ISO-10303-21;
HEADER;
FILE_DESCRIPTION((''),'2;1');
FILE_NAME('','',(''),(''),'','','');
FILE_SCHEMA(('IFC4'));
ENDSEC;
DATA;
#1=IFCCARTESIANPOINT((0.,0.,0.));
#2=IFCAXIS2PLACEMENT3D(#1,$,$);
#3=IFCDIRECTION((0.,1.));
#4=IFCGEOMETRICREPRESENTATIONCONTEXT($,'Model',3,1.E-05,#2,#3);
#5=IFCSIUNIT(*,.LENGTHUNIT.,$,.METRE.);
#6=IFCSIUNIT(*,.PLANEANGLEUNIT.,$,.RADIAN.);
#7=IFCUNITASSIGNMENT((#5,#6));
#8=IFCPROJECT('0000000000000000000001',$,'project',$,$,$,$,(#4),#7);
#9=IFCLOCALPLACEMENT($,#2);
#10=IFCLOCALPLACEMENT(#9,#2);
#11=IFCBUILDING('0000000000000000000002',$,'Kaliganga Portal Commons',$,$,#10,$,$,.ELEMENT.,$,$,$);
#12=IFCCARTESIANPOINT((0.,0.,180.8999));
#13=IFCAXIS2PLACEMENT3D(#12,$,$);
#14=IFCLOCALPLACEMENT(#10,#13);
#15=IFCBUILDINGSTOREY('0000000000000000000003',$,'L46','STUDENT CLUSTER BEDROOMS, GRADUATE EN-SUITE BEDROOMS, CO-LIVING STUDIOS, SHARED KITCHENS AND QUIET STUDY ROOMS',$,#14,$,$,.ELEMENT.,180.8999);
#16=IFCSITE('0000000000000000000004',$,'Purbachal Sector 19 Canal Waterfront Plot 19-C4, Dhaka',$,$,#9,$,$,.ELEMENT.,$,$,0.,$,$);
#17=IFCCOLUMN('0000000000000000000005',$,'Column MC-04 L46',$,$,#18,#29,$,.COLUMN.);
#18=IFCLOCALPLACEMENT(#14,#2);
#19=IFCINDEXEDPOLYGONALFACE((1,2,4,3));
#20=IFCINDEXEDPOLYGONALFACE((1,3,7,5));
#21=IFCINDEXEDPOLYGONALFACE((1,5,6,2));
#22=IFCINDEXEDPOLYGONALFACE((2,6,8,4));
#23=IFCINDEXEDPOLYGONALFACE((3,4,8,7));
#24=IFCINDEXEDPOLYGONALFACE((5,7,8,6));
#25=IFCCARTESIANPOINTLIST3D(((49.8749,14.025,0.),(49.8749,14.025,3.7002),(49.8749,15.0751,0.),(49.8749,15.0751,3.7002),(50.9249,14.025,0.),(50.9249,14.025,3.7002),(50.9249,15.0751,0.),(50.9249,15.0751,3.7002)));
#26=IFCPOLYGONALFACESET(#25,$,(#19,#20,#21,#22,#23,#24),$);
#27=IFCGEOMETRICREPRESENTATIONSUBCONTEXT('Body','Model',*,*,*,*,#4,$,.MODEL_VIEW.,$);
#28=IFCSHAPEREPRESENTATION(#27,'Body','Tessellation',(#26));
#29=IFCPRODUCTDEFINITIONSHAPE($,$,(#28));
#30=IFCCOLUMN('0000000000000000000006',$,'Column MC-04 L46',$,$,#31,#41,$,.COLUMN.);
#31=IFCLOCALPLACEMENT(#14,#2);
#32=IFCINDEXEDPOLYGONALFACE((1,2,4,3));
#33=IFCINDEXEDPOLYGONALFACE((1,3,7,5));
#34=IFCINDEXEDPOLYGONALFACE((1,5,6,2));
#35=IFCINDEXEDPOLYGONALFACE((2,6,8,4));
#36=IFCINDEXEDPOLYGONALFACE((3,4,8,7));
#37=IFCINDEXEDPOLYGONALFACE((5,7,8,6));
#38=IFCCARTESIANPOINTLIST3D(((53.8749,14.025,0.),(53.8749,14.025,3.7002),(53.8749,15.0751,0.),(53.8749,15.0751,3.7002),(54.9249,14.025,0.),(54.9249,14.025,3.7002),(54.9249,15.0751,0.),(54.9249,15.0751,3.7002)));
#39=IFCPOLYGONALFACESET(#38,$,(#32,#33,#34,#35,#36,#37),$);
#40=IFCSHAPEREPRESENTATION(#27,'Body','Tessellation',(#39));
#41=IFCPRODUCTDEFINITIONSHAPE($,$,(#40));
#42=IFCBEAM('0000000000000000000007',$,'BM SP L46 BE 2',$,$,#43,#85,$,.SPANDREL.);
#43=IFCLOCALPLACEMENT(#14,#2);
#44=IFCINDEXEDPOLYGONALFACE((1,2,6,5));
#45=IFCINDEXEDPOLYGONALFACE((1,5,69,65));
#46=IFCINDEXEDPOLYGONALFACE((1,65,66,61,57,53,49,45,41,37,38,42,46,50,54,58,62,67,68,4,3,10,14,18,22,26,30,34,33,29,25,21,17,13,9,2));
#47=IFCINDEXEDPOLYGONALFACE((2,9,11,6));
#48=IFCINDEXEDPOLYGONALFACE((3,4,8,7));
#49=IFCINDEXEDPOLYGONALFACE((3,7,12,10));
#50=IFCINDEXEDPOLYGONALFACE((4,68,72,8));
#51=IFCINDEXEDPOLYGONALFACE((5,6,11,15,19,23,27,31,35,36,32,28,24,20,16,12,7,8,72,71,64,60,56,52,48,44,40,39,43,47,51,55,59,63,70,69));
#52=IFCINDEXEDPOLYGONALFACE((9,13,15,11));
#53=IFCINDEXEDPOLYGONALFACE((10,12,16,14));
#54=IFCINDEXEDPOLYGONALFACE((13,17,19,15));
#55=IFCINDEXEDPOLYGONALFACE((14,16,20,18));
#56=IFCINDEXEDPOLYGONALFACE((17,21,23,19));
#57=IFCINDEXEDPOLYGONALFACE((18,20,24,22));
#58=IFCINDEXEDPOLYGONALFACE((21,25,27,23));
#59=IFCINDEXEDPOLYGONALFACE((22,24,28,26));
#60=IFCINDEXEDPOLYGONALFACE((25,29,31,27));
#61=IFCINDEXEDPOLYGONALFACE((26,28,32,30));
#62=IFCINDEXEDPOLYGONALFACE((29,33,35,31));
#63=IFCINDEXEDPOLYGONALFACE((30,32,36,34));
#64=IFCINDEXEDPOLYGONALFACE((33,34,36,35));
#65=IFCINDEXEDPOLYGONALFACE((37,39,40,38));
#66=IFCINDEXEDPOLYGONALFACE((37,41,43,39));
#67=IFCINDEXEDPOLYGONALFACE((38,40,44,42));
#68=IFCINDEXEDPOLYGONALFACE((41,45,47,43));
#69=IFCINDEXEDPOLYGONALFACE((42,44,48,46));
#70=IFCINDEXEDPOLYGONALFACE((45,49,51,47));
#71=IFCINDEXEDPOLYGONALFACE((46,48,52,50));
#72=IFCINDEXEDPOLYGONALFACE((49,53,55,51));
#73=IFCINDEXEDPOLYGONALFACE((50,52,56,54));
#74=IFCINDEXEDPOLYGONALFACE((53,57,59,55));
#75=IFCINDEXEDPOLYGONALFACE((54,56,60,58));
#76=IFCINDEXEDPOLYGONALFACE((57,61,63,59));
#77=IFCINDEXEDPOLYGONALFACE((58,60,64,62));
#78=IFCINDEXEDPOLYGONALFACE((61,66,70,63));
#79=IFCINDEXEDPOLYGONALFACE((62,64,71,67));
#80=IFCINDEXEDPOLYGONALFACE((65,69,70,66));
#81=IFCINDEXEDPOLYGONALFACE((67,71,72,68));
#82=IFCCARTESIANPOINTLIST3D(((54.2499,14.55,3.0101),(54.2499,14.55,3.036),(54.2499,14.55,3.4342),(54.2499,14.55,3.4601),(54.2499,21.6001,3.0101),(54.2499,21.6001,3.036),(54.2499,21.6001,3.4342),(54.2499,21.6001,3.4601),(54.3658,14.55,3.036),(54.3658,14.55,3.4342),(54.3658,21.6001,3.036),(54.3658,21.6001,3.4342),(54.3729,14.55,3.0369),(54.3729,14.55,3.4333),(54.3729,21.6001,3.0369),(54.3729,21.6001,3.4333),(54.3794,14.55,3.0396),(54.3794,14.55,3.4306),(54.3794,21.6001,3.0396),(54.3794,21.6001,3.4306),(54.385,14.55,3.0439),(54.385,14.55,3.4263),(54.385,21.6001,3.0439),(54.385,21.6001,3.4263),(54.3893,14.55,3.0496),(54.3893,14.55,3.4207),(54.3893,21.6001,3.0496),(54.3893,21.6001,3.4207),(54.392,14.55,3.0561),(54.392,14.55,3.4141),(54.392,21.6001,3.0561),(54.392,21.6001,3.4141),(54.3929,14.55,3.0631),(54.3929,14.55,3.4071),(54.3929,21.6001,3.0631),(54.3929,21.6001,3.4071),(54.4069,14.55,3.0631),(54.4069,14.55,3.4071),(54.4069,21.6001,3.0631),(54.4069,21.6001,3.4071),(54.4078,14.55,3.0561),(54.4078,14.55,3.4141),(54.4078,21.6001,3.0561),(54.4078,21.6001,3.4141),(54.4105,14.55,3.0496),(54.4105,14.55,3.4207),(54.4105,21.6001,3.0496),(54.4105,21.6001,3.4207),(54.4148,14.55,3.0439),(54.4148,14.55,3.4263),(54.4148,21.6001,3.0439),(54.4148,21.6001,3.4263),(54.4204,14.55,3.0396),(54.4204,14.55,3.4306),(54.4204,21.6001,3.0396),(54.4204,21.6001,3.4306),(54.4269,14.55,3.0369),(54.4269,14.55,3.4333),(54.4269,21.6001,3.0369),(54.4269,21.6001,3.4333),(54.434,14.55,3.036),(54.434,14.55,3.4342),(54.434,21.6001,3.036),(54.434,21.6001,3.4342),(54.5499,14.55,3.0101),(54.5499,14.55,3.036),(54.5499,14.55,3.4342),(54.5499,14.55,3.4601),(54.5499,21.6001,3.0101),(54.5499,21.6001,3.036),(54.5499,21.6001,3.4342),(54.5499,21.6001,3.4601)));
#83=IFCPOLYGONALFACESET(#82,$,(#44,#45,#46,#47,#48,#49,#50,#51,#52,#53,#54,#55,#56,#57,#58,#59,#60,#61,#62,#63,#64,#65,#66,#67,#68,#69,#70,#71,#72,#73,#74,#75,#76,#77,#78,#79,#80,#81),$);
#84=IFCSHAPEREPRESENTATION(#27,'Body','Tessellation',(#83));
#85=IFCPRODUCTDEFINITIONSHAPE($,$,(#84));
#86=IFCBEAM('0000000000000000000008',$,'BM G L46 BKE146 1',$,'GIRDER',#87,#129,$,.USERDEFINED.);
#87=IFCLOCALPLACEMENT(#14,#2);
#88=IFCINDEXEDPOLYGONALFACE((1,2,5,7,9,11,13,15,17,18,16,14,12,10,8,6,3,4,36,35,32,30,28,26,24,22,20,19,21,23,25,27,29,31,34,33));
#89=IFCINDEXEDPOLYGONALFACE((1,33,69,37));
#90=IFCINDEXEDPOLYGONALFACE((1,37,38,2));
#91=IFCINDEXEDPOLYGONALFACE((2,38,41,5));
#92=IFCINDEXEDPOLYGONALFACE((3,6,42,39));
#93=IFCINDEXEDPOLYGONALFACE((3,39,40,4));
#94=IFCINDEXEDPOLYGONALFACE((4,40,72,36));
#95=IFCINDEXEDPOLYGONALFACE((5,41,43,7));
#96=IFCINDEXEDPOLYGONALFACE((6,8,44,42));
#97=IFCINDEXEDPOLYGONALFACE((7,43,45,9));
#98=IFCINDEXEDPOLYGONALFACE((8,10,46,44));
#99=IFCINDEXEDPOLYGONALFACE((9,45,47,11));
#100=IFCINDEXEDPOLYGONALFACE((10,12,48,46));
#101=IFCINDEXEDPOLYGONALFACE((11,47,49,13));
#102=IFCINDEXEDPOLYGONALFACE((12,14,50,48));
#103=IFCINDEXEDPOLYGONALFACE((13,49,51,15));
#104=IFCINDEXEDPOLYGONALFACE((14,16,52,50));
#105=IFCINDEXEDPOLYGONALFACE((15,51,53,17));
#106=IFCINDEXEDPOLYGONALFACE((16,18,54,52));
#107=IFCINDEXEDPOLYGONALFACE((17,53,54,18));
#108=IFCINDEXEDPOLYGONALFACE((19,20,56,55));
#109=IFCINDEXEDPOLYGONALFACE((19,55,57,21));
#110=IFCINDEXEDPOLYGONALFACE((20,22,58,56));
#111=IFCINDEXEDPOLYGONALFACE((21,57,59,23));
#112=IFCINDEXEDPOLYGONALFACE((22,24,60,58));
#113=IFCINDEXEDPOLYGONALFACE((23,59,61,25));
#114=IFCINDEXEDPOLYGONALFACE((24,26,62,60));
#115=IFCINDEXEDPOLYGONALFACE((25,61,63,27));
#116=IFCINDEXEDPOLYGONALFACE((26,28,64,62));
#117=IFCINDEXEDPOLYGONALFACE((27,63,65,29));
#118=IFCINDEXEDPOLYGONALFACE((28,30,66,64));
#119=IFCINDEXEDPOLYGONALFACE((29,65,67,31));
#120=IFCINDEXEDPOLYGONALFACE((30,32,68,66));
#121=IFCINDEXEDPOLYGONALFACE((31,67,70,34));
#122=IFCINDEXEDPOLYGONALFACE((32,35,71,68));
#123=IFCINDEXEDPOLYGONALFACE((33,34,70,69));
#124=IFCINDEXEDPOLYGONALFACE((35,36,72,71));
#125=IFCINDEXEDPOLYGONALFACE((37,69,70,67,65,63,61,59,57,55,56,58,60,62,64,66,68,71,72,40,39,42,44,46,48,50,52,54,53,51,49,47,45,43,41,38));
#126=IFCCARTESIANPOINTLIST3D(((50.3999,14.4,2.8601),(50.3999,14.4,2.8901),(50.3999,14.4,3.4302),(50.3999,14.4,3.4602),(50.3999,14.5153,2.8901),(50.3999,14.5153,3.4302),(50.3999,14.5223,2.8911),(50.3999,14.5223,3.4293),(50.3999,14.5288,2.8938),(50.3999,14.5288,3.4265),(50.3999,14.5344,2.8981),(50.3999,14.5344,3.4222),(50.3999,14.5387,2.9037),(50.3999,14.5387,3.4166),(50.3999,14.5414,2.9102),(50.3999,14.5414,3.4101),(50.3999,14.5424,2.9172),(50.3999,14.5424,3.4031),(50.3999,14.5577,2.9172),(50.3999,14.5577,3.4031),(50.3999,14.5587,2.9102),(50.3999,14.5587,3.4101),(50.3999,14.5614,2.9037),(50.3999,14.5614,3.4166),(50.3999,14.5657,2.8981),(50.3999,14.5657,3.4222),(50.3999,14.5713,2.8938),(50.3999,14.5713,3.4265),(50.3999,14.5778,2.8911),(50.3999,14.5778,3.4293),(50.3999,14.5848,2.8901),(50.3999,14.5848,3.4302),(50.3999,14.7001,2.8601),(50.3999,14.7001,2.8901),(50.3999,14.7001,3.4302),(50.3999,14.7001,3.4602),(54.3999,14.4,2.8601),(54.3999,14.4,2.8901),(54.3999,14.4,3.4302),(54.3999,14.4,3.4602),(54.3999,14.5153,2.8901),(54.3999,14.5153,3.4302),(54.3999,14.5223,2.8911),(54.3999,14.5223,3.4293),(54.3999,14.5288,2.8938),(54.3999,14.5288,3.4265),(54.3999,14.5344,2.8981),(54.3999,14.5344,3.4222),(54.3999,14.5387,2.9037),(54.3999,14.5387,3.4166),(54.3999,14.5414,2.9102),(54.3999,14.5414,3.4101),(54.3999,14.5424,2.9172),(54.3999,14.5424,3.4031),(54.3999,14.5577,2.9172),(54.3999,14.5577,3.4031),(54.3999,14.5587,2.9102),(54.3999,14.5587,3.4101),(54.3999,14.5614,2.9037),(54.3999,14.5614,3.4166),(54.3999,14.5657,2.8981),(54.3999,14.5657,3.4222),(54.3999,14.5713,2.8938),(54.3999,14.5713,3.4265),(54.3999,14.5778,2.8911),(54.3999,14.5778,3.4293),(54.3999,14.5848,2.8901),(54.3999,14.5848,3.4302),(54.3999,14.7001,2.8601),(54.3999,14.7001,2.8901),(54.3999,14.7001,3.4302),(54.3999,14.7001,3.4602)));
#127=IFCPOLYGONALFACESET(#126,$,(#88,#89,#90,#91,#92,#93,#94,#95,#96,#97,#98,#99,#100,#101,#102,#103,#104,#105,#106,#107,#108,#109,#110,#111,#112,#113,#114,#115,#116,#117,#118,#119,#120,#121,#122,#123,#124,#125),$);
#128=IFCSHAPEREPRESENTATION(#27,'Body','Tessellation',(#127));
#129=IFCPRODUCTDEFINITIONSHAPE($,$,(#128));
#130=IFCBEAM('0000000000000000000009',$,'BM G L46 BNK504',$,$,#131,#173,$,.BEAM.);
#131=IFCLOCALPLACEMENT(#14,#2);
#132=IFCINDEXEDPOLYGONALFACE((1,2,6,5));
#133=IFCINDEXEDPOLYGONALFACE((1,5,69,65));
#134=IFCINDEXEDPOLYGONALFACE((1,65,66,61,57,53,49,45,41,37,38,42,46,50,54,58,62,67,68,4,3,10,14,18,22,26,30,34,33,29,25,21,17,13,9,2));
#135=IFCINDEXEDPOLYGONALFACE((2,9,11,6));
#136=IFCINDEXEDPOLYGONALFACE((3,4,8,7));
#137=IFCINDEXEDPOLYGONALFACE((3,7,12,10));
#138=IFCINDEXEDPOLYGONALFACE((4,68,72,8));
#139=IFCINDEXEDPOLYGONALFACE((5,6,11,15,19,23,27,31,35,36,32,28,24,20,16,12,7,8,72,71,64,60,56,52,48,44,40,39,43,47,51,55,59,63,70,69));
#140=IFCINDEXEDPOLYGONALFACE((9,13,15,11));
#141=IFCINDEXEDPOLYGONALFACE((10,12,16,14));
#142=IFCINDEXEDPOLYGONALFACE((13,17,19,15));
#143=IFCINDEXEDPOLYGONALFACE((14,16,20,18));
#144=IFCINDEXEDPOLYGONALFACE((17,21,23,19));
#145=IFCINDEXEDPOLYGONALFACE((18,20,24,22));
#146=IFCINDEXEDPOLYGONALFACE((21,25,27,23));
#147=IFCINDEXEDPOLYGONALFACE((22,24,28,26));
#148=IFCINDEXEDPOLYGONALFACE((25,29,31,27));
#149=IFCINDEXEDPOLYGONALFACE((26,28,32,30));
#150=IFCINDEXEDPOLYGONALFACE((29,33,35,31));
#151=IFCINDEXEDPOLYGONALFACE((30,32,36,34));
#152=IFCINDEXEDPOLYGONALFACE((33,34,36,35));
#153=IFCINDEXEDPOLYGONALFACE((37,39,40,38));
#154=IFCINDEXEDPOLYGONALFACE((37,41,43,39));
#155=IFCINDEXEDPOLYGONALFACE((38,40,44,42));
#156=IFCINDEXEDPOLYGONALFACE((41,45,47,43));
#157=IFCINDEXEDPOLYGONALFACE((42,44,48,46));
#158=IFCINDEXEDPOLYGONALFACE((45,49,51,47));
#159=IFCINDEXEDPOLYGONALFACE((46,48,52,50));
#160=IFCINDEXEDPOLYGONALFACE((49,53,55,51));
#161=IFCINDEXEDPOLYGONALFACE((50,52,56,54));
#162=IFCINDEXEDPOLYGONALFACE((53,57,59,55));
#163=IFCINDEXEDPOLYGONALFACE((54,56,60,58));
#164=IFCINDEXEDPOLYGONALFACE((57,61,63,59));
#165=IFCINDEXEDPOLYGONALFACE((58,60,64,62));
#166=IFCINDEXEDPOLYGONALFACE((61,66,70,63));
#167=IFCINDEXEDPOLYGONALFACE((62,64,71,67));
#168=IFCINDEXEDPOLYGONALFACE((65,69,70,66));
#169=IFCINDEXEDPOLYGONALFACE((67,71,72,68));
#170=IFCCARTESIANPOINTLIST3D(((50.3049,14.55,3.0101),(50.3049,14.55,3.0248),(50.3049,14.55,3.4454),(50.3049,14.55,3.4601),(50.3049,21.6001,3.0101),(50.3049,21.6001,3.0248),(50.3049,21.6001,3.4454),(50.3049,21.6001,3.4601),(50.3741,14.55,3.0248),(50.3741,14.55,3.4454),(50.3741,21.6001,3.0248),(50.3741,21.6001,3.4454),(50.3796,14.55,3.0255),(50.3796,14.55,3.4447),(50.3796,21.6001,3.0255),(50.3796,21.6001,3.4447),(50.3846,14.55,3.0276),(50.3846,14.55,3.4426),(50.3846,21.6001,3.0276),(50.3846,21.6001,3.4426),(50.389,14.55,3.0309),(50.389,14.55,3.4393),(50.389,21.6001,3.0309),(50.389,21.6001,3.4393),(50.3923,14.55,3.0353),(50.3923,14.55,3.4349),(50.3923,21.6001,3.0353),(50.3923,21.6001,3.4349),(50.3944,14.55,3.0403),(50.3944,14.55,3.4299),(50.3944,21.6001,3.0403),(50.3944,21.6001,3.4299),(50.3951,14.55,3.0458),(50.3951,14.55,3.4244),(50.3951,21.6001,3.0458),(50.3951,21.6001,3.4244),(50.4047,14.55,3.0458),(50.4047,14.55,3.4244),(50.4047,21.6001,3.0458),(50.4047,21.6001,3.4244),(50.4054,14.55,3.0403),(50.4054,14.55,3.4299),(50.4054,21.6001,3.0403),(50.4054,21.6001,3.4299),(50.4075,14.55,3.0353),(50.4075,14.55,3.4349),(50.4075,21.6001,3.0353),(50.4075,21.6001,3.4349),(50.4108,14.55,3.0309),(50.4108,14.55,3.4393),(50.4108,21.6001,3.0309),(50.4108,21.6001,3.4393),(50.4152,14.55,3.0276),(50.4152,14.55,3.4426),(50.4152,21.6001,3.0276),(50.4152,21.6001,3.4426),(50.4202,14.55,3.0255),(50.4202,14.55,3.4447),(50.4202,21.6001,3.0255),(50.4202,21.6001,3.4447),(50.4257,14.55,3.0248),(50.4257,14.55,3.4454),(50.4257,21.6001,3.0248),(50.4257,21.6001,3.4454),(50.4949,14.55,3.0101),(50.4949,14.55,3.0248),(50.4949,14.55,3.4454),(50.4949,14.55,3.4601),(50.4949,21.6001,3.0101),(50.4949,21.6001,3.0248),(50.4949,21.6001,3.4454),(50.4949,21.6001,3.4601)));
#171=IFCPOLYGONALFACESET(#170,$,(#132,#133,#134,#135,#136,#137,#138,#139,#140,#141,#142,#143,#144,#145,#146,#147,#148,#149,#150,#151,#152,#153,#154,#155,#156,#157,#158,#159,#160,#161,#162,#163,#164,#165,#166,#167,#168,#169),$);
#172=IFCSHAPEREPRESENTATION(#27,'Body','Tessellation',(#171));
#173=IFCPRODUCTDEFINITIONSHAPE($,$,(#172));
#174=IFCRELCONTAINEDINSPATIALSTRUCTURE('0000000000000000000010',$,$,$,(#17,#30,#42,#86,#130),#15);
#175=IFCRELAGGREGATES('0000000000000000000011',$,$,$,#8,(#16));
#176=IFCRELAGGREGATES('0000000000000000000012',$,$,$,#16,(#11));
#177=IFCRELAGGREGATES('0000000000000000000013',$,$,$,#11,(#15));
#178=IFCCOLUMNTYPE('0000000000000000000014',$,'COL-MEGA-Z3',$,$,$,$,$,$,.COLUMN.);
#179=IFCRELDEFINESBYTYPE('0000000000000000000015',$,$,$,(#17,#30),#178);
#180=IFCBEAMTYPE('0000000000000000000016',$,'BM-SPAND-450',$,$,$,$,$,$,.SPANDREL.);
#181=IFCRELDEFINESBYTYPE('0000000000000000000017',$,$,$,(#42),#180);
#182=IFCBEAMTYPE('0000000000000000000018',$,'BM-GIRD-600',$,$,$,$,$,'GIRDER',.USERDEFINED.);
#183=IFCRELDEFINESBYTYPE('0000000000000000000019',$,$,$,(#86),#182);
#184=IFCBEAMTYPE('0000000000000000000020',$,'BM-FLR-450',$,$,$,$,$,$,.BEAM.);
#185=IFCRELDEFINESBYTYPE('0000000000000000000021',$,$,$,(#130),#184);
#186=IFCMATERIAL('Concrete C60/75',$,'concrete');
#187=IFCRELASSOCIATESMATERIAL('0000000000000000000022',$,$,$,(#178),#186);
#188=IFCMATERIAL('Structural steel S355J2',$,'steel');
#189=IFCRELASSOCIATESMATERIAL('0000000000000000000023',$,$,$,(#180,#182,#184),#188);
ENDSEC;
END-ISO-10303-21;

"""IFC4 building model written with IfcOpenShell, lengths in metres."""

from ifc_helpers import new_model, si_unit, direction, frame, origin, origin_2d, place, context, subcontext, project, spatial, rectangle, i_section, extrude, source, transform, mapped, material, material_profile, profile_set, type_object, element, save


model = new_model("IFC4")

# Units and contexts
model_context = context("Model", 3, precision=1e-05, world=origin(), true_north=direction((0.0, 1.0)))
body_context = subcontext(model_context, "Body", "Model", "MODEL_VIEW")
ifc_project = project(units=[si_unit("LENGTHUNIT", "METRE"), si_unit("PLANEANGLEUNIT", "RADIAN")], contexts=[model_context])

# Site, building, storey
site_placement = place(None, origin())
site = spatial("IfcSite", under=ifc_project, at=site_placement, Name="Purbachal Sector 19 Canal Waterfront Plot 19-C4, Dhaka", CompositionType="ELEMENT", RefElevation=0.0)
building_placement = place(site_placement, origin())
building = spatial("IfcBuilding", under=site, at=building_placement, Name="Kaliganga Portal Commons", CompositionType="ELEMENT")
storey_placement = place(building_placement, frame((0.0, 0.0, 180.8999)))
storey = spatial("IfcBuildingStorey", under=building, at=storey_placement, Name="L46", Description="STUDENT CLUSTER BEDROOMS, GRADUATE EN-SUITE BEDROOMS, CO-LIVING STUDIOS, SHARED KITCHENS AND QUIET STUDY ROOMS", CompositionType="ELEMENT", Elevation=180.8999)

# Columns
ifc_material_1 = material(Name="Concrete C60/75", Category="concrete")
ifc_material_profile_1 = material_profile(ifc_material_1, rectangle(XDim=1.05, YDim=1.05, at=origin_2d()), Name="RC 1050x1050")
ifc_profile_set_1 = profile_set([ifc_material_profile_1], Name="Concrete C60/75")
column_type = type_object("IfcColumnType", Name="COL-MEGA-Z3", PredefinedType="COLUMN", material=ifc_profile_set_1)
shared_shape_1 = source(origin(), body_context, "Body", "SweptSolid", [
    extrude(rectangle(XDim=1.05, YDim=1.05, at=origin_2d()), origin(), (0.0, 0.0, 1.0), 3.7002),
])
for number, where, z_axis, x_axis, name in (
    (1, (50.3999, 14.55, 0.0), (0.0, 0.0, 1.0), (1.0, 0.0, 0.0), "Column MC-04 L46"),
    (2, (54.3999, 14.55, 0.0), (0.0, 0.0, 1.0), (1.0, 0.0, 0.0), "Column MC-04 L46"),
):
    element("IfcColumn", number, at=place(storey_placement, frame(where, z_axis=z_axis, x_axis=x_axis)), inside=storey, type_object=column_type, Name=name, PredefinedType="COLUMN", context=body_context, shape_type="MappedRepresentation", body=[
        mapped(shared_shape_1, transform((0.0, 0.0, 0.0), x_axis=(1.0, 0.0, 0.0), y_axis=(0.0, 1.0, 0.0), z_axis=(0.0, 0.0, 1.0), scale=1.0)),
    ])

# Beams
ifc_material_2 = material(Name="Structural steel S355J2", Category="steel")
ifc_material_profile_2 = material_profile(ifc_material_2, i_section(OverallWidth=0.3, OverallDepth=0.45, WebThickness=0.0139, FlangeThickness=0.0259, FilletRadius=0.0271, at=origin_2d()), Name="HE 450 B")
ifc_profile_set_2 = profile_set([ifc_material_profile_2], Name="Structural steel S355J2 wide-flange")
beam_type_1 = type_object("IfcBeamType", Name="BM-SPAND-450", PredefinedType="SPANDREL", material=ifc_profile_set_2)
shared_shape_2 = source(origin(), body_context, "Body", "SweptSolid", [
    extrude(i_section(OverallWidth=0.3, OverallDepth=0.45, WebThickness=0.0139, FlangeThickness=0.0259, FilletRadius=0.0271, at=origin_2d()), origin(), (0.0, 0.0, 1.0), 7.05),
])
beam_1_placement = place(storey_placement, frame((54.3999, 14.55, 3.2351), z_axis=(0.0, 1.0, 0.0), x_axis=(-1.0, 0.0, 0.0)))
element("IfcBeam", 3, at=beam_1_placement, inside=storey, type_object=beam_type_1, Name="BM SP L46 BE 2", PredefinedType="SPANDREL", context=body_context, shape_type="MappedRepresentation", body=[
    mapped(shared_shape_2, transform((0.0, 0.0, 0.0), x_axis=(1.0, 0.0, 0.0), y_axis=(0.0, 1.0, 0.0), z_axis=(0.0, 0.0, 1.0), scale=1.0)),
])
ifc_material_profile_3 = material_profile(ifc_material_2, i_section(OverallWidth=0.3, OverallDepth=0.6001, WebThickness=0.0154, FlangeThickness=0.03, FilletRadius=0.0271, at=origin_2d()), Name="HE 600 B")
ifc_profile_set_3 = profile_set([ifc_material_profile_3], Name="Structural steel S355J2 wide-flange")
beam_type_2 = type_object("IfcBeamType", Name="BM-GIRD-600", ElementType="GIRDER", PredefinedType="USERDEFINED", material=ifc_profile_set_3)
shared_shape_3 = source(origin(), body_context, "Body", "SweptSolid", [
    extrude(i_section(OverallWidth=0.3, OverallDepth=0.6001, WebThickness=0.0154, FlangeThickness=0.03, FilletRadius=0.0271, at=origin_2d()), origin(), (0.0, 0.0, 1.0), 4.0),
])
beam_2_placement = place(storey_placement, frame((50.3999, 14.55, 3.1602), z_axis=(1.0, 0.0, 0.0), x_axis=(0.0, 1.0, 0.0)))
element("IfcBeam", 4, at=beam_2_placement, inside=storey, type_object=beam_type_2, Name="BM G L46 BKE146 1", ObjectType="GIRDER", PredefinedType="USERDEFINED", context=body_context, shape_type="MappedRepresentation", body=[
    mapped(shared_shape_3, transform((0.0, 0.0, 0.0), x_axis=(1.0, 0.0, 0.0), y_axis=(0.0, 1.0, 0.0), z_axis=(0.0, 0.0, 1.0), scale=1.0)),
])
ifc_material_profile_4 = material_profile(ifc_material_2, i_section(OverallWidth=0.1899, OverallDepth=0.45, WebThickness=0.0095, FlangeThickness=0.0146, FilletRadius=0.021, at=origin_2d()), Name="IPE 450")
ifc_profile_set_4 = profile_set([ifc_material_profile_4], Name="Structural steel S355J2 wide-flange")
beam_type_3 = type_object("IfcBeamType", Name="BM-FLR-450", PredefinedType="BEAM", material=ifc_profile_set_4)
shared_shape_4 = source(origin(), body_context, "Body", "SweptSolid", [
    extrude(i_section(OverallWidth=0.1899, OverallDepth=0.45, WebThickness=0.0095, FlangeThickness=0.0146, FilletRadius=0.021, at=origin_2d()), origin(), (0.0, 0.0, 1.0), 7.05),
])
beam_3_placement = place(storey_placement, frame((50.3999, 14.55, 3.2351), z_axis=(0.0, 1.0, 0.0), x_axis=(-1.0, 0.0, 0.0)))
element("IfcBeam", 5, at=beam_3_placement, inside=storey, type_object=beam_type_3, Name="BM G L46 BNK504", PredefinedType="BEAM", context=body_context, shape_type="MappedRepresentation", body=[
    mapped(shared_shape_4, transform((0.0, 0.0, 0.0), x_axis=(1.0, 0.0, 0.0), y_axis=(0.0, 1.0, 0.0), z_axis=(0.0, 0.0, 1.0), scale=1.0)),
])

save(model, "model.ifc")
